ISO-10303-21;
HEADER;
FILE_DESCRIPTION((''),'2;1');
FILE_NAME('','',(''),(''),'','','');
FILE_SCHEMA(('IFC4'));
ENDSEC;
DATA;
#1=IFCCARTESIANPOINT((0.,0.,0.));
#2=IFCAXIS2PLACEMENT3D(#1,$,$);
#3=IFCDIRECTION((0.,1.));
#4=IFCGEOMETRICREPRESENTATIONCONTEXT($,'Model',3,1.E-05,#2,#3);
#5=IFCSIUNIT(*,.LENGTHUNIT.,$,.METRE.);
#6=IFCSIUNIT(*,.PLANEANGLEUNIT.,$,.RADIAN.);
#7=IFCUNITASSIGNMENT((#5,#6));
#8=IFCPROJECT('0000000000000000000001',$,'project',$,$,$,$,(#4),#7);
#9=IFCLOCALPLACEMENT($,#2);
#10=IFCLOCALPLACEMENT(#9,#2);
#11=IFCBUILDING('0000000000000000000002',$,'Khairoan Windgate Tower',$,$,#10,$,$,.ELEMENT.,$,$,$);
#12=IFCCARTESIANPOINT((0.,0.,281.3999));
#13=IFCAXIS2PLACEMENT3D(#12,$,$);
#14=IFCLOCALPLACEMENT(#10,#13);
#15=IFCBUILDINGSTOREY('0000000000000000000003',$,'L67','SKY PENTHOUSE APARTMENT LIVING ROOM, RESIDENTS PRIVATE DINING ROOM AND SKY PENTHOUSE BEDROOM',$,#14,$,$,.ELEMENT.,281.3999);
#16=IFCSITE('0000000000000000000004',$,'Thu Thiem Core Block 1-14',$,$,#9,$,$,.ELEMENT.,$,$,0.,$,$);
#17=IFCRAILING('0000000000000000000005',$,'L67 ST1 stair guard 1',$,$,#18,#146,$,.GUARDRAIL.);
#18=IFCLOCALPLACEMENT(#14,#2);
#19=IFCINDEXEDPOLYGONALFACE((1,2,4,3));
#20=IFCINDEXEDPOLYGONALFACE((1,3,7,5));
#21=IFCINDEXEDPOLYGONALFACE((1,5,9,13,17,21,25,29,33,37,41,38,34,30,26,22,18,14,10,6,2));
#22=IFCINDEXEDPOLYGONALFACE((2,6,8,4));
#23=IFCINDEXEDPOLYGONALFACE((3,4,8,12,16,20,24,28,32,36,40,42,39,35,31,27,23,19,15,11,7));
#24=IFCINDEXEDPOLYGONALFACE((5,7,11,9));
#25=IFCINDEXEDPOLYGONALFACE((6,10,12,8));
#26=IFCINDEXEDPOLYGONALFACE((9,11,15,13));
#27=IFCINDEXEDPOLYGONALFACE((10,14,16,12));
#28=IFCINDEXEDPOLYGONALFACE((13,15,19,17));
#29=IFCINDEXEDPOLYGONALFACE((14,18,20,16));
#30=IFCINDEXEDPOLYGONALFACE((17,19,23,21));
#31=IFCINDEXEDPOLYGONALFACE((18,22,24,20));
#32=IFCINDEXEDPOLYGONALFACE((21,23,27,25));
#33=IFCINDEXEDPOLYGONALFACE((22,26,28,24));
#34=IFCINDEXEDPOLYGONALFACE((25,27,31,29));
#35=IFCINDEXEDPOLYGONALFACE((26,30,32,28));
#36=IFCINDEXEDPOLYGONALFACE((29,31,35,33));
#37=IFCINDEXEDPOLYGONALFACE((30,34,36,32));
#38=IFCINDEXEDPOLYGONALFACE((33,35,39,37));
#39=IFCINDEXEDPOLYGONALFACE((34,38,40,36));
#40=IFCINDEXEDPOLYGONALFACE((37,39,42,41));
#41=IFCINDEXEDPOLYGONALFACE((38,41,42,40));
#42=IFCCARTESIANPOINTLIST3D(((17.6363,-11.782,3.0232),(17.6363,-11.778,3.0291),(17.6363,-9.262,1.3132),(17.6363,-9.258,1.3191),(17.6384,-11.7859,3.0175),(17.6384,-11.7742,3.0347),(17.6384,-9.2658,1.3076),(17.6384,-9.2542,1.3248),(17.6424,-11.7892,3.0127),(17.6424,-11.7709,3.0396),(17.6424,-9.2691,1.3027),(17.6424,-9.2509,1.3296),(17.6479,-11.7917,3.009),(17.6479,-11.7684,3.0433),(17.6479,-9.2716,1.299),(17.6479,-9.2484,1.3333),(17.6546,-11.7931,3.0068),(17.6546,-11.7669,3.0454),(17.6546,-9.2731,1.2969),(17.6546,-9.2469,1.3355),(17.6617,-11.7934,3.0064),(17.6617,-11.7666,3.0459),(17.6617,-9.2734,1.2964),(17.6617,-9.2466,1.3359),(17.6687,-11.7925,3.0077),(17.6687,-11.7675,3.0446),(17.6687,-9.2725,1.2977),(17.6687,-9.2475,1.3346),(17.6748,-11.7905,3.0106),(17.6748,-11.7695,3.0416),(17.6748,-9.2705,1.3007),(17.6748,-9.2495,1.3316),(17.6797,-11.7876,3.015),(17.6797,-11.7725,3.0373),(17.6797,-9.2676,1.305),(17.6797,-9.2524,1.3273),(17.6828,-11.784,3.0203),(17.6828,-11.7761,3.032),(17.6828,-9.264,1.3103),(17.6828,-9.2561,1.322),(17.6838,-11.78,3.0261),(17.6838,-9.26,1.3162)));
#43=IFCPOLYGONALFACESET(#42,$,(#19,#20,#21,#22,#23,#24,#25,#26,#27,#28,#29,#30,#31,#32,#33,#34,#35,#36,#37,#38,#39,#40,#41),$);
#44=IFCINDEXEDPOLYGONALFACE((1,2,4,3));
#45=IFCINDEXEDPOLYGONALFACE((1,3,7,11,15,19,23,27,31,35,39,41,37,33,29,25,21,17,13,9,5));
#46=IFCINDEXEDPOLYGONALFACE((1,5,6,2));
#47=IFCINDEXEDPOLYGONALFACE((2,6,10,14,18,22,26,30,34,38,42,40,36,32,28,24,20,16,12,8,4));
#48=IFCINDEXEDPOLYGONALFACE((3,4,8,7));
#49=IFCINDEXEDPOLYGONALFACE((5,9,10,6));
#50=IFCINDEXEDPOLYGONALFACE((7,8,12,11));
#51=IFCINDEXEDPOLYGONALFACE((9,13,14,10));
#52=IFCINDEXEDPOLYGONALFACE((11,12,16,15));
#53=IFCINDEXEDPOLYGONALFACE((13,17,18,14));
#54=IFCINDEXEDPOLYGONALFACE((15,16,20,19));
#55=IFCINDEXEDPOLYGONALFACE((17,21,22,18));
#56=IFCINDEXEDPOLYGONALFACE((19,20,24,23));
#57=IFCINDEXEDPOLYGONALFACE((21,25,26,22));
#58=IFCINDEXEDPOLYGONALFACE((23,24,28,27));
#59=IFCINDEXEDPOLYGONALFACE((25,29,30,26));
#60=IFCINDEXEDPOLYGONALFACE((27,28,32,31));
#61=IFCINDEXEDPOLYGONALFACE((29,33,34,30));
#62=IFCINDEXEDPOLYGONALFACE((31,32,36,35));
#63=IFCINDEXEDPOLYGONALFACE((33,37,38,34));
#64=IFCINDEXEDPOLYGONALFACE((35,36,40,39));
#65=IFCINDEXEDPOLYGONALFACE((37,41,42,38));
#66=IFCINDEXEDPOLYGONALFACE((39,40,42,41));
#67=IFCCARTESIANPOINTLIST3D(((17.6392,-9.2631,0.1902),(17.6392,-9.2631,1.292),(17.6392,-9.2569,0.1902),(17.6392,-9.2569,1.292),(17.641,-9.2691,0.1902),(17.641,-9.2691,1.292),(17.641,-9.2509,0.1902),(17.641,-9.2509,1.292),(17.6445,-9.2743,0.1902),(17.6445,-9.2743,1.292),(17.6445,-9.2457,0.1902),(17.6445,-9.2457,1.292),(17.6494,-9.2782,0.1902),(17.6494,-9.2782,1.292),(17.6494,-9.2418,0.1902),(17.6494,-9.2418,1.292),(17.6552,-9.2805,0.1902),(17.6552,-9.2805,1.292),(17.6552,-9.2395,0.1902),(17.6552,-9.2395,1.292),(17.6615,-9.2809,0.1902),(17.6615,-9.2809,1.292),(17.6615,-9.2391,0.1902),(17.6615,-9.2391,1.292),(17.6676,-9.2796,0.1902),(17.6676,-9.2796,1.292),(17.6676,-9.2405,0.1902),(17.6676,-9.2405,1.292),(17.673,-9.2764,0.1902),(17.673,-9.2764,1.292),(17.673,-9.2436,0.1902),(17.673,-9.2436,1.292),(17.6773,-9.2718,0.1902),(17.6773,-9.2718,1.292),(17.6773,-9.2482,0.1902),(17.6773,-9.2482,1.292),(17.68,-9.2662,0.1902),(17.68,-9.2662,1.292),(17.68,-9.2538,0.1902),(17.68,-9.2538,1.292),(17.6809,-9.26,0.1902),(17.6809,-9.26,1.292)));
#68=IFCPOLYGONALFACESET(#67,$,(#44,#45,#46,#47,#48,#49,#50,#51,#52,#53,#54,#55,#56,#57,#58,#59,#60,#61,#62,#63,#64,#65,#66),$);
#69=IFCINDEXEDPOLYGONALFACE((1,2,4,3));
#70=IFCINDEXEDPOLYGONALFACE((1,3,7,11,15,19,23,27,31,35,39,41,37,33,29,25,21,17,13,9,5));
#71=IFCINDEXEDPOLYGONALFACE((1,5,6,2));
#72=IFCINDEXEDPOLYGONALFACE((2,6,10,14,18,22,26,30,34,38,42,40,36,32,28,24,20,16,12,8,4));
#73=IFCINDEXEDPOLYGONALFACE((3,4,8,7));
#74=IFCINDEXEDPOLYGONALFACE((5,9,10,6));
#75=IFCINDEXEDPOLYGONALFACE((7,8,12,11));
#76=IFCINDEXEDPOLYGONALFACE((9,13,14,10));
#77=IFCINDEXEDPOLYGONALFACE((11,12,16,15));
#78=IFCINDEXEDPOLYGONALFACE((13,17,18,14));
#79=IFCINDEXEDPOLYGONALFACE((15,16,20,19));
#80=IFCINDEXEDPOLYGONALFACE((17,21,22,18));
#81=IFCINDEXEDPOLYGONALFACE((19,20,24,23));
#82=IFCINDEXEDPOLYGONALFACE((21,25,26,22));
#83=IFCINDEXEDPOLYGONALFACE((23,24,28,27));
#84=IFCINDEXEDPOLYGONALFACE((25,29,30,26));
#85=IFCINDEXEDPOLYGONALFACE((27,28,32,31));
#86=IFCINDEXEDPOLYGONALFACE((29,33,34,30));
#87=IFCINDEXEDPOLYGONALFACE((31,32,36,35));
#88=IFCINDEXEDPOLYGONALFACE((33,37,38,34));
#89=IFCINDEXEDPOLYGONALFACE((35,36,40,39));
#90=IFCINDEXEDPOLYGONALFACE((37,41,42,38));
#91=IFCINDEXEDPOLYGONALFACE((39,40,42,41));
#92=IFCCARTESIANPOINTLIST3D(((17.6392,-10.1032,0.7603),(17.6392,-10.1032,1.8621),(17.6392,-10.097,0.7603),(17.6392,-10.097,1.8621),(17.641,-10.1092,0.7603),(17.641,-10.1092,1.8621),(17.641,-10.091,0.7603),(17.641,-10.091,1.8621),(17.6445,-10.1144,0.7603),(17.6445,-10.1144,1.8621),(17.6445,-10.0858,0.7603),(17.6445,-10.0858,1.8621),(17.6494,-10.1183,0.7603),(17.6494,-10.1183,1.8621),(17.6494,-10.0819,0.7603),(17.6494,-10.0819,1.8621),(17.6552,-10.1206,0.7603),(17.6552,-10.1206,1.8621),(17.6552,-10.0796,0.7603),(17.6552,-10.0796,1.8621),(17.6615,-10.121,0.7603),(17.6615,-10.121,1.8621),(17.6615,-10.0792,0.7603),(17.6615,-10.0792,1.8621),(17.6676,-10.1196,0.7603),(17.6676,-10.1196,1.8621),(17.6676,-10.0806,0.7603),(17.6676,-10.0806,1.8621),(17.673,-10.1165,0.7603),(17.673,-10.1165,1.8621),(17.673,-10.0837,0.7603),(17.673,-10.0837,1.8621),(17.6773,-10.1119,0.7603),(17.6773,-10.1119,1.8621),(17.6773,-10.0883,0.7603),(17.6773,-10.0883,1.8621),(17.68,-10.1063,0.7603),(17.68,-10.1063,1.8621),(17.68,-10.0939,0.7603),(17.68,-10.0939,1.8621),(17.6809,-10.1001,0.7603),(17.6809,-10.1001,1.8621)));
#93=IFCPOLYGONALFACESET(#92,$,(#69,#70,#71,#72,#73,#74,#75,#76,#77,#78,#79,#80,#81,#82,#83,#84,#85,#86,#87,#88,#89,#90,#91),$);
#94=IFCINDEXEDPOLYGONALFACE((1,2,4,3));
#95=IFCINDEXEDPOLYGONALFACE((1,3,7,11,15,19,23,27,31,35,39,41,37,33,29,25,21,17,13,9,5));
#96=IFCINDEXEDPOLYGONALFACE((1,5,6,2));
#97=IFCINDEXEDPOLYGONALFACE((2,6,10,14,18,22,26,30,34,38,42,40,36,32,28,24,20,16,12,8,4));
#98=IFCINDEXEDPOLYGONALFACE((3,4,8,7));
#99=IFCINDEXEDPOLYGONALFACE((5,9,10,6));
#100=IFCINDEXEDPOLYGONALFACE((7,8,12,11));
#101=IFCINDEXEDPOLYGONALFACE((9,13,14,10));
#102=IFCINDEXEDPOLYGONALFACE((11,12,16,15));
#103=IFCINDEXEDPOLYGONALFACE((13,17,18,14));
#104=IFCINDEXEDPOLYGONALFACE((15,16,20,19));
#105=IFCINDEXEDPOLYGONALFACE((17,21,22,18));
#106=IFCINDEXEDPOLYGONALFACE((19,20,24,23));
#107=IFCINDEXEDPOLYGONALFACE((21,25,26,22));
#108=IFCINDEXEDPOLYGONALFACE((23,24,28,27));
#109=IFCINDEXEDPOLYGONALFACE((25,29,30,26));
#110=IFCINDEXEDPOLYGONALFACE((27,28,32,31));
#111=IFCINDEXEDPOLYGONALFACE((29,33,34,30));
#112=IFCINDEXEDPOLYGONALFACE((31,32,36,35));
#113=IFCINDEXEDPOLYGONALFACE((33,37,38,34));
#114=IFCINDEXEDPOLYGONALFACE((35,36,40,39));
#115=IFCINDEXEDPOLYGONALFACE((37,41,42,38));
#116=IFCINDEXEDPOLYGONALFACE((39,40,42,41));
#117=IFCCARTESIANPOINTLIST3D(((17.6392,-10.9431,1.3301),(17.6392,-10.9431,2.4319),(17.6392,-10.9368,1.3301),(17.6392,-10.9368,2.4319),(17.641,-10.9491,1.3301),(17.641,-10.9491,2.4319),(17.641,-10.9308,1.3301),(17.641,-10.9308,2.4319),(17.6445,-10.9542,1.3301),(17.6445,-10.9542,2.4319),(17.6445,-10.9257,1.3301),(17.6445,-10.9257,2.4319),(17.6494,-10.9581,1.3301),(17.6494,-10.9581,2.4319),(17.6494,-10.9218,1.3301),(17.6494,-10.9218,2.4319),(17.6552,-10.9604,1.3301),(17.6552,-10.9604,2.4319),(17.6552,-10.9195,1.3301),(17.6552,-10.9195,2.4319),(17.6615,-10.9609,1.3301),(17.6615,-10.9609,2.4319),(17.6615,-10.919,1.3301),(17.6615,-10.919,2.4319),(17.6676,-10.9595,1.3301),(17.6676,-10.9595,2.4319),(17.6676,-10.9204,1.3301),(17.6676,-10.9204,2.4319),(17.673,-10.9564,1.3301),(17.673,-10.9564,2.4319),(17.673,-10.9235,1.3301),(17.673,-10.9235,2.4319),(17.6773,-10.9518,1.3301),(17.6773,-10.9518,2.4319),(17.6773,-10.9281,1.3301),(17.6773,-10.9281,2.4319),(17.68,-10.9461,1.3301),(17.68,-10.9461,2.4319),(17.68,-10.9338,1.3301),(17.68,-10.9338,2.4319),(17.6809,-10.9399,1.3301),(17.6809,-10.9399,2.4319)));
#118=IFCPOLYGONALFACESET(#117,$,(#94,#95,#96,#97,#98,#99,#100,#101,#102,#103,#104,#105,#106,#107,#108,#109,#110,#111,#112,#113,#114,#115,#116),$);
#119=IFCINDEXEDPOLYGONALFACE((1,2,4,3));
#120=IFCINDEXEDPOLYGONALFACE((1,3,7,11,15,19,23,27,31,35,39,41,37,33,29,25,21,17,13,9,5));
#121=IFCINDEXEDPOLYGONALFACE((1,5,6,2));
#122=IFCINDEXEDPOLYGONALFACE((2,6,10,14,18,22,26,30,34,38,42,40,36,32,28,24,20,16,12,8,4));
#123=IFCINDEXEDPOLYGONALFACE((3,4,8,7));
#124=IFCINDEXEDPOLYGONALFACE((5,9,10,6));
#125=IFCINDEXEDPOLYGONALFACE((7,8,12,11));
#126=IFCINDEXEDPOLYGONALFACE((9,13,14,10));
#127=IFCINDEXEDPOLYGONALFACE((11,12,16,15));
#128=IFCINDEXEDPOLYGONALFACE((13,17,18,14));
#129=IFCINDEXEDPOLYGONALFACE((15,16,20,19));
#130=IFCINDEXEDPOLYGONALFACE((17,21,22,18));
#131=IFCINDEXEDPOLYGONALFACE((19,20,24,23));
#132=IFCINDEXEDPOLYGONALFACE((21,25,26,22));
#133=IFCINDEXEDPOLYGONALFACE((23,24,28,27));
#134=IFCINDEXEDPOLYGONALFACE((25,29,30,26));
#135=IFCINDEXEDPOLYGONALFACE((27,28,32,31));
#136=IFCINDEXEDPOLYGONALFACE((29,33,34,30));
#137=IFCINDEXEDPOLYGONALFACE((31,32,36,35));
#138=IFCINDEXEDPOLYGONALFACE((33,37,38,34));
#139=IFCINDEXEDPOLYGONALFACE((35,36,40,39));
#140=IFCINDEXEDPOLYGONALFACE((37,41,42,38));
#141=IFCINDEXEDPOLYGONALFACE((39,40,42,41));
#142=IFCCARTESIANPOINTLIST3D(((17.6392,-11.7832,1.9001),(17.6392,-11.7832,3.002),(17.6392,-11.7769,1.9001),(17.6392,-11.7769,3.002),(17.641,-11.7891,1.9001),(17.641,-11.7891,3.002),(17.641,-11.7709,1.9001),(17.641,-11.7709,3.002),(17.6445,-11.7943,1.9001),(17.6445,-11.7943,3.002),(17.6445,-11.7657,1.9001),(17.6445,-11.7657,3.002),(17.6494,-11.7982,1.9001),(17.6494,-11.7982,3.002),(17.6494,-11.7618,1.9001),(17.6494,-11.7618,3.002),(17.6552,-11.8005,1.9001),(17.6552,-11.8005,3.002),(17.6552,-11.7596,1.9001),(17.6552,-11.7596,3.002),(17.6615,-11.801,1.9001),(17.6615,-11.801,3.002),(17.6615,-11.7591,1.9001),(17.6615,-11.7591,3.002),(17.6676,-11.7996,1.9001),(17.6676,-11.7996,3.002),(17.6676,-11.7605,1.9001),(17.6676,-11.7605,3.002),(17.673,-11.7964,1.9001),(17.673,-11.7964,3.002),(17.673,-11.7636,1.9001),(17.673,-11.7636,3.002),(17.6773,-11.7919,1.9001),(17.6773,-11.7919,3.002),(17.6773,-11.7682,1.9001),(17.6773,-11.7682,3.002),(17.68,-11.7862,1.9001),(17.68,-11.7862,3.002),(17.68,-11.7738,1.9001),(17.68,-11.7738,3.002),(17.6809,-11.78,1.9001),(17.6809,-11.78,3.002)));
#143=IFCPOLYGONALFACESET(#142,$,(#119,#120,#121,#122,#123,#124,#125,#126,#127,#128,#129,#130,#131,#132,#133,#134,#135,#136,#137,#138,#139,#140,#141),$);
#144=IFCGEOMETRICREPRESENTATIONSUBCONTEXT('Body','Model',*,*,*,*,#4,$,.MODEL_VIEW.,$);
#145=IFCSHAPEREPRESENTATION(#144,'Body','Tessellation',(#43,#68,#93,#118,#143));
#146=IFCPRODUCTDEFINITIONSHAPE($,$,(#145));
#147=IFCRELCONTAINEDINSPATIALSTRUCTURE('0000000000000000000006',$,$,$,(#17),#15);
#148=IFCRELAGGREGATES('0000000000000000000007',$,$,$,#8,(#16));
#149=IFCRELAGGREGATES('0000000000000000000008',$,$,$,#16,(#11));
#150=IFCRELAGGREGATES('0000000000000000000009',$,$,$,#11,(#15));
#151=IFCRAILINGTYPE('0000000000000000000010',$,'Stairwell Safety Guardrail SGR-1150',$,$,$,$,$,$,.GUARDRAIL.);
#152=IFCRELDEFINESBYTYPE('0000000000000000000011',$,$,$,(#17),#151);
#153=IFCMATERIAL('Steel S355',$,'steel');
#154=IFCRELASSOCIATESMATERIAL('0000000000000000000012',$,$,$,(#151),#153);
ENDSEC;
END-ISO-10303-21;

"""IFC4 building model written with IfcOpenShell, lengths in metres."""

from ifc_helpers import new_model, si_unit, direction, frame, origin, origin_2d, place, context, subcontext, project, spatial, circle, extrude, material, type_object, element, save


model = new_model("IFC4")

# Units and contexts
model_context = context("Model", 3, precision=1e-05, world=origin(), true_north=direction((0.0, 1.0)))
body_context = subcontext(model_context, "Body", "Model", "MODEL_VIEW")
ifc_project = project(units=[si_unit("LENGTHUNIT", "METRE"), si_unit("PLANEANGLEUNIT", "RADIAN")], contexts=[model_context])

# Site, building, storey
site_placement = place(None, origin())
site = spatial("IfcSite", under=ifc_project, at=site_placement, Name="Thu Thiem Core Block 1-14", CompositionType="ELEMENT", RefElevation=0.0)
building_placement = place(site_placement, origin())
building = spatial("IfcBuilding", under=site, at=building_placement, Name="Khairoan Windgate Tower", CompositionType="ELEMENT")
storey_placement = place(building_placement, frame((0.0, 0.0, 281.3999)))
storey = spatial("IfcBuildingStorey", under=building, at=storey_placement, Name="L67", Description="SKY PENTHOUSE APARTMENT LIVING ROOM, RESIDENTS PRIVATE DINING ROOM AND SKY PENTHOUSE BEDROOM", CompositionType="ELEMENT", Elevation=281.3999)

# Railing
ifc_material_1 = material(Name="Steel S355", Category="steel")
railing_type_1 = type_object("IfcRailingType", Name="Stairwell Safety Guardrail SGR-1150", PredefinedType="GUARDRAIL", material=ifc_material_1)
railing_1_placement = place(storey_placement, frame((17.6599, -9.26, 0.1902)))
element("IfcRailing", 1, at=railing_1_placement, inside=storey, type_object=railing_type_1, Name="L67 ST1 stair guard 1", PredefinedType="GUARDRAIL", context=body_context, shape_type="SweptSolid", body=[
    extrude(circle(Radius=0.0239, at=origin_2d()), frame((0.0, 0.0, 1.126), z_axis=(0.0, -0.827484, 0.56149), x_axis=(1.0, 0.0, 0.0)), (0.0, 0.0, 1.0), 3.0454),
    extrude(circle(Radius=0.021, at=origin_2d()), origin(), (0.0, 0.0, 1.0), 1.1018),
    extrude(circle(Radius=0.021, at=origin_2d()), frame((0.0, -0.8401, 0.5701)), (0.0, 0.0, 1.0), 1.1018),
    extrude(circle(Radius=0.021, at=origin_2d()), frame((0.0, -1.6799, 1.1399)), (0.0, 0.0, 1.0), 1.1018),
    extrude(circle(Radius=0.021, at=origin_2d()), frame((0.0, -2.52, 1.71)), (0.0, 0.0, 1.0), 1.1018),
])

save(model, "model.ifc")
